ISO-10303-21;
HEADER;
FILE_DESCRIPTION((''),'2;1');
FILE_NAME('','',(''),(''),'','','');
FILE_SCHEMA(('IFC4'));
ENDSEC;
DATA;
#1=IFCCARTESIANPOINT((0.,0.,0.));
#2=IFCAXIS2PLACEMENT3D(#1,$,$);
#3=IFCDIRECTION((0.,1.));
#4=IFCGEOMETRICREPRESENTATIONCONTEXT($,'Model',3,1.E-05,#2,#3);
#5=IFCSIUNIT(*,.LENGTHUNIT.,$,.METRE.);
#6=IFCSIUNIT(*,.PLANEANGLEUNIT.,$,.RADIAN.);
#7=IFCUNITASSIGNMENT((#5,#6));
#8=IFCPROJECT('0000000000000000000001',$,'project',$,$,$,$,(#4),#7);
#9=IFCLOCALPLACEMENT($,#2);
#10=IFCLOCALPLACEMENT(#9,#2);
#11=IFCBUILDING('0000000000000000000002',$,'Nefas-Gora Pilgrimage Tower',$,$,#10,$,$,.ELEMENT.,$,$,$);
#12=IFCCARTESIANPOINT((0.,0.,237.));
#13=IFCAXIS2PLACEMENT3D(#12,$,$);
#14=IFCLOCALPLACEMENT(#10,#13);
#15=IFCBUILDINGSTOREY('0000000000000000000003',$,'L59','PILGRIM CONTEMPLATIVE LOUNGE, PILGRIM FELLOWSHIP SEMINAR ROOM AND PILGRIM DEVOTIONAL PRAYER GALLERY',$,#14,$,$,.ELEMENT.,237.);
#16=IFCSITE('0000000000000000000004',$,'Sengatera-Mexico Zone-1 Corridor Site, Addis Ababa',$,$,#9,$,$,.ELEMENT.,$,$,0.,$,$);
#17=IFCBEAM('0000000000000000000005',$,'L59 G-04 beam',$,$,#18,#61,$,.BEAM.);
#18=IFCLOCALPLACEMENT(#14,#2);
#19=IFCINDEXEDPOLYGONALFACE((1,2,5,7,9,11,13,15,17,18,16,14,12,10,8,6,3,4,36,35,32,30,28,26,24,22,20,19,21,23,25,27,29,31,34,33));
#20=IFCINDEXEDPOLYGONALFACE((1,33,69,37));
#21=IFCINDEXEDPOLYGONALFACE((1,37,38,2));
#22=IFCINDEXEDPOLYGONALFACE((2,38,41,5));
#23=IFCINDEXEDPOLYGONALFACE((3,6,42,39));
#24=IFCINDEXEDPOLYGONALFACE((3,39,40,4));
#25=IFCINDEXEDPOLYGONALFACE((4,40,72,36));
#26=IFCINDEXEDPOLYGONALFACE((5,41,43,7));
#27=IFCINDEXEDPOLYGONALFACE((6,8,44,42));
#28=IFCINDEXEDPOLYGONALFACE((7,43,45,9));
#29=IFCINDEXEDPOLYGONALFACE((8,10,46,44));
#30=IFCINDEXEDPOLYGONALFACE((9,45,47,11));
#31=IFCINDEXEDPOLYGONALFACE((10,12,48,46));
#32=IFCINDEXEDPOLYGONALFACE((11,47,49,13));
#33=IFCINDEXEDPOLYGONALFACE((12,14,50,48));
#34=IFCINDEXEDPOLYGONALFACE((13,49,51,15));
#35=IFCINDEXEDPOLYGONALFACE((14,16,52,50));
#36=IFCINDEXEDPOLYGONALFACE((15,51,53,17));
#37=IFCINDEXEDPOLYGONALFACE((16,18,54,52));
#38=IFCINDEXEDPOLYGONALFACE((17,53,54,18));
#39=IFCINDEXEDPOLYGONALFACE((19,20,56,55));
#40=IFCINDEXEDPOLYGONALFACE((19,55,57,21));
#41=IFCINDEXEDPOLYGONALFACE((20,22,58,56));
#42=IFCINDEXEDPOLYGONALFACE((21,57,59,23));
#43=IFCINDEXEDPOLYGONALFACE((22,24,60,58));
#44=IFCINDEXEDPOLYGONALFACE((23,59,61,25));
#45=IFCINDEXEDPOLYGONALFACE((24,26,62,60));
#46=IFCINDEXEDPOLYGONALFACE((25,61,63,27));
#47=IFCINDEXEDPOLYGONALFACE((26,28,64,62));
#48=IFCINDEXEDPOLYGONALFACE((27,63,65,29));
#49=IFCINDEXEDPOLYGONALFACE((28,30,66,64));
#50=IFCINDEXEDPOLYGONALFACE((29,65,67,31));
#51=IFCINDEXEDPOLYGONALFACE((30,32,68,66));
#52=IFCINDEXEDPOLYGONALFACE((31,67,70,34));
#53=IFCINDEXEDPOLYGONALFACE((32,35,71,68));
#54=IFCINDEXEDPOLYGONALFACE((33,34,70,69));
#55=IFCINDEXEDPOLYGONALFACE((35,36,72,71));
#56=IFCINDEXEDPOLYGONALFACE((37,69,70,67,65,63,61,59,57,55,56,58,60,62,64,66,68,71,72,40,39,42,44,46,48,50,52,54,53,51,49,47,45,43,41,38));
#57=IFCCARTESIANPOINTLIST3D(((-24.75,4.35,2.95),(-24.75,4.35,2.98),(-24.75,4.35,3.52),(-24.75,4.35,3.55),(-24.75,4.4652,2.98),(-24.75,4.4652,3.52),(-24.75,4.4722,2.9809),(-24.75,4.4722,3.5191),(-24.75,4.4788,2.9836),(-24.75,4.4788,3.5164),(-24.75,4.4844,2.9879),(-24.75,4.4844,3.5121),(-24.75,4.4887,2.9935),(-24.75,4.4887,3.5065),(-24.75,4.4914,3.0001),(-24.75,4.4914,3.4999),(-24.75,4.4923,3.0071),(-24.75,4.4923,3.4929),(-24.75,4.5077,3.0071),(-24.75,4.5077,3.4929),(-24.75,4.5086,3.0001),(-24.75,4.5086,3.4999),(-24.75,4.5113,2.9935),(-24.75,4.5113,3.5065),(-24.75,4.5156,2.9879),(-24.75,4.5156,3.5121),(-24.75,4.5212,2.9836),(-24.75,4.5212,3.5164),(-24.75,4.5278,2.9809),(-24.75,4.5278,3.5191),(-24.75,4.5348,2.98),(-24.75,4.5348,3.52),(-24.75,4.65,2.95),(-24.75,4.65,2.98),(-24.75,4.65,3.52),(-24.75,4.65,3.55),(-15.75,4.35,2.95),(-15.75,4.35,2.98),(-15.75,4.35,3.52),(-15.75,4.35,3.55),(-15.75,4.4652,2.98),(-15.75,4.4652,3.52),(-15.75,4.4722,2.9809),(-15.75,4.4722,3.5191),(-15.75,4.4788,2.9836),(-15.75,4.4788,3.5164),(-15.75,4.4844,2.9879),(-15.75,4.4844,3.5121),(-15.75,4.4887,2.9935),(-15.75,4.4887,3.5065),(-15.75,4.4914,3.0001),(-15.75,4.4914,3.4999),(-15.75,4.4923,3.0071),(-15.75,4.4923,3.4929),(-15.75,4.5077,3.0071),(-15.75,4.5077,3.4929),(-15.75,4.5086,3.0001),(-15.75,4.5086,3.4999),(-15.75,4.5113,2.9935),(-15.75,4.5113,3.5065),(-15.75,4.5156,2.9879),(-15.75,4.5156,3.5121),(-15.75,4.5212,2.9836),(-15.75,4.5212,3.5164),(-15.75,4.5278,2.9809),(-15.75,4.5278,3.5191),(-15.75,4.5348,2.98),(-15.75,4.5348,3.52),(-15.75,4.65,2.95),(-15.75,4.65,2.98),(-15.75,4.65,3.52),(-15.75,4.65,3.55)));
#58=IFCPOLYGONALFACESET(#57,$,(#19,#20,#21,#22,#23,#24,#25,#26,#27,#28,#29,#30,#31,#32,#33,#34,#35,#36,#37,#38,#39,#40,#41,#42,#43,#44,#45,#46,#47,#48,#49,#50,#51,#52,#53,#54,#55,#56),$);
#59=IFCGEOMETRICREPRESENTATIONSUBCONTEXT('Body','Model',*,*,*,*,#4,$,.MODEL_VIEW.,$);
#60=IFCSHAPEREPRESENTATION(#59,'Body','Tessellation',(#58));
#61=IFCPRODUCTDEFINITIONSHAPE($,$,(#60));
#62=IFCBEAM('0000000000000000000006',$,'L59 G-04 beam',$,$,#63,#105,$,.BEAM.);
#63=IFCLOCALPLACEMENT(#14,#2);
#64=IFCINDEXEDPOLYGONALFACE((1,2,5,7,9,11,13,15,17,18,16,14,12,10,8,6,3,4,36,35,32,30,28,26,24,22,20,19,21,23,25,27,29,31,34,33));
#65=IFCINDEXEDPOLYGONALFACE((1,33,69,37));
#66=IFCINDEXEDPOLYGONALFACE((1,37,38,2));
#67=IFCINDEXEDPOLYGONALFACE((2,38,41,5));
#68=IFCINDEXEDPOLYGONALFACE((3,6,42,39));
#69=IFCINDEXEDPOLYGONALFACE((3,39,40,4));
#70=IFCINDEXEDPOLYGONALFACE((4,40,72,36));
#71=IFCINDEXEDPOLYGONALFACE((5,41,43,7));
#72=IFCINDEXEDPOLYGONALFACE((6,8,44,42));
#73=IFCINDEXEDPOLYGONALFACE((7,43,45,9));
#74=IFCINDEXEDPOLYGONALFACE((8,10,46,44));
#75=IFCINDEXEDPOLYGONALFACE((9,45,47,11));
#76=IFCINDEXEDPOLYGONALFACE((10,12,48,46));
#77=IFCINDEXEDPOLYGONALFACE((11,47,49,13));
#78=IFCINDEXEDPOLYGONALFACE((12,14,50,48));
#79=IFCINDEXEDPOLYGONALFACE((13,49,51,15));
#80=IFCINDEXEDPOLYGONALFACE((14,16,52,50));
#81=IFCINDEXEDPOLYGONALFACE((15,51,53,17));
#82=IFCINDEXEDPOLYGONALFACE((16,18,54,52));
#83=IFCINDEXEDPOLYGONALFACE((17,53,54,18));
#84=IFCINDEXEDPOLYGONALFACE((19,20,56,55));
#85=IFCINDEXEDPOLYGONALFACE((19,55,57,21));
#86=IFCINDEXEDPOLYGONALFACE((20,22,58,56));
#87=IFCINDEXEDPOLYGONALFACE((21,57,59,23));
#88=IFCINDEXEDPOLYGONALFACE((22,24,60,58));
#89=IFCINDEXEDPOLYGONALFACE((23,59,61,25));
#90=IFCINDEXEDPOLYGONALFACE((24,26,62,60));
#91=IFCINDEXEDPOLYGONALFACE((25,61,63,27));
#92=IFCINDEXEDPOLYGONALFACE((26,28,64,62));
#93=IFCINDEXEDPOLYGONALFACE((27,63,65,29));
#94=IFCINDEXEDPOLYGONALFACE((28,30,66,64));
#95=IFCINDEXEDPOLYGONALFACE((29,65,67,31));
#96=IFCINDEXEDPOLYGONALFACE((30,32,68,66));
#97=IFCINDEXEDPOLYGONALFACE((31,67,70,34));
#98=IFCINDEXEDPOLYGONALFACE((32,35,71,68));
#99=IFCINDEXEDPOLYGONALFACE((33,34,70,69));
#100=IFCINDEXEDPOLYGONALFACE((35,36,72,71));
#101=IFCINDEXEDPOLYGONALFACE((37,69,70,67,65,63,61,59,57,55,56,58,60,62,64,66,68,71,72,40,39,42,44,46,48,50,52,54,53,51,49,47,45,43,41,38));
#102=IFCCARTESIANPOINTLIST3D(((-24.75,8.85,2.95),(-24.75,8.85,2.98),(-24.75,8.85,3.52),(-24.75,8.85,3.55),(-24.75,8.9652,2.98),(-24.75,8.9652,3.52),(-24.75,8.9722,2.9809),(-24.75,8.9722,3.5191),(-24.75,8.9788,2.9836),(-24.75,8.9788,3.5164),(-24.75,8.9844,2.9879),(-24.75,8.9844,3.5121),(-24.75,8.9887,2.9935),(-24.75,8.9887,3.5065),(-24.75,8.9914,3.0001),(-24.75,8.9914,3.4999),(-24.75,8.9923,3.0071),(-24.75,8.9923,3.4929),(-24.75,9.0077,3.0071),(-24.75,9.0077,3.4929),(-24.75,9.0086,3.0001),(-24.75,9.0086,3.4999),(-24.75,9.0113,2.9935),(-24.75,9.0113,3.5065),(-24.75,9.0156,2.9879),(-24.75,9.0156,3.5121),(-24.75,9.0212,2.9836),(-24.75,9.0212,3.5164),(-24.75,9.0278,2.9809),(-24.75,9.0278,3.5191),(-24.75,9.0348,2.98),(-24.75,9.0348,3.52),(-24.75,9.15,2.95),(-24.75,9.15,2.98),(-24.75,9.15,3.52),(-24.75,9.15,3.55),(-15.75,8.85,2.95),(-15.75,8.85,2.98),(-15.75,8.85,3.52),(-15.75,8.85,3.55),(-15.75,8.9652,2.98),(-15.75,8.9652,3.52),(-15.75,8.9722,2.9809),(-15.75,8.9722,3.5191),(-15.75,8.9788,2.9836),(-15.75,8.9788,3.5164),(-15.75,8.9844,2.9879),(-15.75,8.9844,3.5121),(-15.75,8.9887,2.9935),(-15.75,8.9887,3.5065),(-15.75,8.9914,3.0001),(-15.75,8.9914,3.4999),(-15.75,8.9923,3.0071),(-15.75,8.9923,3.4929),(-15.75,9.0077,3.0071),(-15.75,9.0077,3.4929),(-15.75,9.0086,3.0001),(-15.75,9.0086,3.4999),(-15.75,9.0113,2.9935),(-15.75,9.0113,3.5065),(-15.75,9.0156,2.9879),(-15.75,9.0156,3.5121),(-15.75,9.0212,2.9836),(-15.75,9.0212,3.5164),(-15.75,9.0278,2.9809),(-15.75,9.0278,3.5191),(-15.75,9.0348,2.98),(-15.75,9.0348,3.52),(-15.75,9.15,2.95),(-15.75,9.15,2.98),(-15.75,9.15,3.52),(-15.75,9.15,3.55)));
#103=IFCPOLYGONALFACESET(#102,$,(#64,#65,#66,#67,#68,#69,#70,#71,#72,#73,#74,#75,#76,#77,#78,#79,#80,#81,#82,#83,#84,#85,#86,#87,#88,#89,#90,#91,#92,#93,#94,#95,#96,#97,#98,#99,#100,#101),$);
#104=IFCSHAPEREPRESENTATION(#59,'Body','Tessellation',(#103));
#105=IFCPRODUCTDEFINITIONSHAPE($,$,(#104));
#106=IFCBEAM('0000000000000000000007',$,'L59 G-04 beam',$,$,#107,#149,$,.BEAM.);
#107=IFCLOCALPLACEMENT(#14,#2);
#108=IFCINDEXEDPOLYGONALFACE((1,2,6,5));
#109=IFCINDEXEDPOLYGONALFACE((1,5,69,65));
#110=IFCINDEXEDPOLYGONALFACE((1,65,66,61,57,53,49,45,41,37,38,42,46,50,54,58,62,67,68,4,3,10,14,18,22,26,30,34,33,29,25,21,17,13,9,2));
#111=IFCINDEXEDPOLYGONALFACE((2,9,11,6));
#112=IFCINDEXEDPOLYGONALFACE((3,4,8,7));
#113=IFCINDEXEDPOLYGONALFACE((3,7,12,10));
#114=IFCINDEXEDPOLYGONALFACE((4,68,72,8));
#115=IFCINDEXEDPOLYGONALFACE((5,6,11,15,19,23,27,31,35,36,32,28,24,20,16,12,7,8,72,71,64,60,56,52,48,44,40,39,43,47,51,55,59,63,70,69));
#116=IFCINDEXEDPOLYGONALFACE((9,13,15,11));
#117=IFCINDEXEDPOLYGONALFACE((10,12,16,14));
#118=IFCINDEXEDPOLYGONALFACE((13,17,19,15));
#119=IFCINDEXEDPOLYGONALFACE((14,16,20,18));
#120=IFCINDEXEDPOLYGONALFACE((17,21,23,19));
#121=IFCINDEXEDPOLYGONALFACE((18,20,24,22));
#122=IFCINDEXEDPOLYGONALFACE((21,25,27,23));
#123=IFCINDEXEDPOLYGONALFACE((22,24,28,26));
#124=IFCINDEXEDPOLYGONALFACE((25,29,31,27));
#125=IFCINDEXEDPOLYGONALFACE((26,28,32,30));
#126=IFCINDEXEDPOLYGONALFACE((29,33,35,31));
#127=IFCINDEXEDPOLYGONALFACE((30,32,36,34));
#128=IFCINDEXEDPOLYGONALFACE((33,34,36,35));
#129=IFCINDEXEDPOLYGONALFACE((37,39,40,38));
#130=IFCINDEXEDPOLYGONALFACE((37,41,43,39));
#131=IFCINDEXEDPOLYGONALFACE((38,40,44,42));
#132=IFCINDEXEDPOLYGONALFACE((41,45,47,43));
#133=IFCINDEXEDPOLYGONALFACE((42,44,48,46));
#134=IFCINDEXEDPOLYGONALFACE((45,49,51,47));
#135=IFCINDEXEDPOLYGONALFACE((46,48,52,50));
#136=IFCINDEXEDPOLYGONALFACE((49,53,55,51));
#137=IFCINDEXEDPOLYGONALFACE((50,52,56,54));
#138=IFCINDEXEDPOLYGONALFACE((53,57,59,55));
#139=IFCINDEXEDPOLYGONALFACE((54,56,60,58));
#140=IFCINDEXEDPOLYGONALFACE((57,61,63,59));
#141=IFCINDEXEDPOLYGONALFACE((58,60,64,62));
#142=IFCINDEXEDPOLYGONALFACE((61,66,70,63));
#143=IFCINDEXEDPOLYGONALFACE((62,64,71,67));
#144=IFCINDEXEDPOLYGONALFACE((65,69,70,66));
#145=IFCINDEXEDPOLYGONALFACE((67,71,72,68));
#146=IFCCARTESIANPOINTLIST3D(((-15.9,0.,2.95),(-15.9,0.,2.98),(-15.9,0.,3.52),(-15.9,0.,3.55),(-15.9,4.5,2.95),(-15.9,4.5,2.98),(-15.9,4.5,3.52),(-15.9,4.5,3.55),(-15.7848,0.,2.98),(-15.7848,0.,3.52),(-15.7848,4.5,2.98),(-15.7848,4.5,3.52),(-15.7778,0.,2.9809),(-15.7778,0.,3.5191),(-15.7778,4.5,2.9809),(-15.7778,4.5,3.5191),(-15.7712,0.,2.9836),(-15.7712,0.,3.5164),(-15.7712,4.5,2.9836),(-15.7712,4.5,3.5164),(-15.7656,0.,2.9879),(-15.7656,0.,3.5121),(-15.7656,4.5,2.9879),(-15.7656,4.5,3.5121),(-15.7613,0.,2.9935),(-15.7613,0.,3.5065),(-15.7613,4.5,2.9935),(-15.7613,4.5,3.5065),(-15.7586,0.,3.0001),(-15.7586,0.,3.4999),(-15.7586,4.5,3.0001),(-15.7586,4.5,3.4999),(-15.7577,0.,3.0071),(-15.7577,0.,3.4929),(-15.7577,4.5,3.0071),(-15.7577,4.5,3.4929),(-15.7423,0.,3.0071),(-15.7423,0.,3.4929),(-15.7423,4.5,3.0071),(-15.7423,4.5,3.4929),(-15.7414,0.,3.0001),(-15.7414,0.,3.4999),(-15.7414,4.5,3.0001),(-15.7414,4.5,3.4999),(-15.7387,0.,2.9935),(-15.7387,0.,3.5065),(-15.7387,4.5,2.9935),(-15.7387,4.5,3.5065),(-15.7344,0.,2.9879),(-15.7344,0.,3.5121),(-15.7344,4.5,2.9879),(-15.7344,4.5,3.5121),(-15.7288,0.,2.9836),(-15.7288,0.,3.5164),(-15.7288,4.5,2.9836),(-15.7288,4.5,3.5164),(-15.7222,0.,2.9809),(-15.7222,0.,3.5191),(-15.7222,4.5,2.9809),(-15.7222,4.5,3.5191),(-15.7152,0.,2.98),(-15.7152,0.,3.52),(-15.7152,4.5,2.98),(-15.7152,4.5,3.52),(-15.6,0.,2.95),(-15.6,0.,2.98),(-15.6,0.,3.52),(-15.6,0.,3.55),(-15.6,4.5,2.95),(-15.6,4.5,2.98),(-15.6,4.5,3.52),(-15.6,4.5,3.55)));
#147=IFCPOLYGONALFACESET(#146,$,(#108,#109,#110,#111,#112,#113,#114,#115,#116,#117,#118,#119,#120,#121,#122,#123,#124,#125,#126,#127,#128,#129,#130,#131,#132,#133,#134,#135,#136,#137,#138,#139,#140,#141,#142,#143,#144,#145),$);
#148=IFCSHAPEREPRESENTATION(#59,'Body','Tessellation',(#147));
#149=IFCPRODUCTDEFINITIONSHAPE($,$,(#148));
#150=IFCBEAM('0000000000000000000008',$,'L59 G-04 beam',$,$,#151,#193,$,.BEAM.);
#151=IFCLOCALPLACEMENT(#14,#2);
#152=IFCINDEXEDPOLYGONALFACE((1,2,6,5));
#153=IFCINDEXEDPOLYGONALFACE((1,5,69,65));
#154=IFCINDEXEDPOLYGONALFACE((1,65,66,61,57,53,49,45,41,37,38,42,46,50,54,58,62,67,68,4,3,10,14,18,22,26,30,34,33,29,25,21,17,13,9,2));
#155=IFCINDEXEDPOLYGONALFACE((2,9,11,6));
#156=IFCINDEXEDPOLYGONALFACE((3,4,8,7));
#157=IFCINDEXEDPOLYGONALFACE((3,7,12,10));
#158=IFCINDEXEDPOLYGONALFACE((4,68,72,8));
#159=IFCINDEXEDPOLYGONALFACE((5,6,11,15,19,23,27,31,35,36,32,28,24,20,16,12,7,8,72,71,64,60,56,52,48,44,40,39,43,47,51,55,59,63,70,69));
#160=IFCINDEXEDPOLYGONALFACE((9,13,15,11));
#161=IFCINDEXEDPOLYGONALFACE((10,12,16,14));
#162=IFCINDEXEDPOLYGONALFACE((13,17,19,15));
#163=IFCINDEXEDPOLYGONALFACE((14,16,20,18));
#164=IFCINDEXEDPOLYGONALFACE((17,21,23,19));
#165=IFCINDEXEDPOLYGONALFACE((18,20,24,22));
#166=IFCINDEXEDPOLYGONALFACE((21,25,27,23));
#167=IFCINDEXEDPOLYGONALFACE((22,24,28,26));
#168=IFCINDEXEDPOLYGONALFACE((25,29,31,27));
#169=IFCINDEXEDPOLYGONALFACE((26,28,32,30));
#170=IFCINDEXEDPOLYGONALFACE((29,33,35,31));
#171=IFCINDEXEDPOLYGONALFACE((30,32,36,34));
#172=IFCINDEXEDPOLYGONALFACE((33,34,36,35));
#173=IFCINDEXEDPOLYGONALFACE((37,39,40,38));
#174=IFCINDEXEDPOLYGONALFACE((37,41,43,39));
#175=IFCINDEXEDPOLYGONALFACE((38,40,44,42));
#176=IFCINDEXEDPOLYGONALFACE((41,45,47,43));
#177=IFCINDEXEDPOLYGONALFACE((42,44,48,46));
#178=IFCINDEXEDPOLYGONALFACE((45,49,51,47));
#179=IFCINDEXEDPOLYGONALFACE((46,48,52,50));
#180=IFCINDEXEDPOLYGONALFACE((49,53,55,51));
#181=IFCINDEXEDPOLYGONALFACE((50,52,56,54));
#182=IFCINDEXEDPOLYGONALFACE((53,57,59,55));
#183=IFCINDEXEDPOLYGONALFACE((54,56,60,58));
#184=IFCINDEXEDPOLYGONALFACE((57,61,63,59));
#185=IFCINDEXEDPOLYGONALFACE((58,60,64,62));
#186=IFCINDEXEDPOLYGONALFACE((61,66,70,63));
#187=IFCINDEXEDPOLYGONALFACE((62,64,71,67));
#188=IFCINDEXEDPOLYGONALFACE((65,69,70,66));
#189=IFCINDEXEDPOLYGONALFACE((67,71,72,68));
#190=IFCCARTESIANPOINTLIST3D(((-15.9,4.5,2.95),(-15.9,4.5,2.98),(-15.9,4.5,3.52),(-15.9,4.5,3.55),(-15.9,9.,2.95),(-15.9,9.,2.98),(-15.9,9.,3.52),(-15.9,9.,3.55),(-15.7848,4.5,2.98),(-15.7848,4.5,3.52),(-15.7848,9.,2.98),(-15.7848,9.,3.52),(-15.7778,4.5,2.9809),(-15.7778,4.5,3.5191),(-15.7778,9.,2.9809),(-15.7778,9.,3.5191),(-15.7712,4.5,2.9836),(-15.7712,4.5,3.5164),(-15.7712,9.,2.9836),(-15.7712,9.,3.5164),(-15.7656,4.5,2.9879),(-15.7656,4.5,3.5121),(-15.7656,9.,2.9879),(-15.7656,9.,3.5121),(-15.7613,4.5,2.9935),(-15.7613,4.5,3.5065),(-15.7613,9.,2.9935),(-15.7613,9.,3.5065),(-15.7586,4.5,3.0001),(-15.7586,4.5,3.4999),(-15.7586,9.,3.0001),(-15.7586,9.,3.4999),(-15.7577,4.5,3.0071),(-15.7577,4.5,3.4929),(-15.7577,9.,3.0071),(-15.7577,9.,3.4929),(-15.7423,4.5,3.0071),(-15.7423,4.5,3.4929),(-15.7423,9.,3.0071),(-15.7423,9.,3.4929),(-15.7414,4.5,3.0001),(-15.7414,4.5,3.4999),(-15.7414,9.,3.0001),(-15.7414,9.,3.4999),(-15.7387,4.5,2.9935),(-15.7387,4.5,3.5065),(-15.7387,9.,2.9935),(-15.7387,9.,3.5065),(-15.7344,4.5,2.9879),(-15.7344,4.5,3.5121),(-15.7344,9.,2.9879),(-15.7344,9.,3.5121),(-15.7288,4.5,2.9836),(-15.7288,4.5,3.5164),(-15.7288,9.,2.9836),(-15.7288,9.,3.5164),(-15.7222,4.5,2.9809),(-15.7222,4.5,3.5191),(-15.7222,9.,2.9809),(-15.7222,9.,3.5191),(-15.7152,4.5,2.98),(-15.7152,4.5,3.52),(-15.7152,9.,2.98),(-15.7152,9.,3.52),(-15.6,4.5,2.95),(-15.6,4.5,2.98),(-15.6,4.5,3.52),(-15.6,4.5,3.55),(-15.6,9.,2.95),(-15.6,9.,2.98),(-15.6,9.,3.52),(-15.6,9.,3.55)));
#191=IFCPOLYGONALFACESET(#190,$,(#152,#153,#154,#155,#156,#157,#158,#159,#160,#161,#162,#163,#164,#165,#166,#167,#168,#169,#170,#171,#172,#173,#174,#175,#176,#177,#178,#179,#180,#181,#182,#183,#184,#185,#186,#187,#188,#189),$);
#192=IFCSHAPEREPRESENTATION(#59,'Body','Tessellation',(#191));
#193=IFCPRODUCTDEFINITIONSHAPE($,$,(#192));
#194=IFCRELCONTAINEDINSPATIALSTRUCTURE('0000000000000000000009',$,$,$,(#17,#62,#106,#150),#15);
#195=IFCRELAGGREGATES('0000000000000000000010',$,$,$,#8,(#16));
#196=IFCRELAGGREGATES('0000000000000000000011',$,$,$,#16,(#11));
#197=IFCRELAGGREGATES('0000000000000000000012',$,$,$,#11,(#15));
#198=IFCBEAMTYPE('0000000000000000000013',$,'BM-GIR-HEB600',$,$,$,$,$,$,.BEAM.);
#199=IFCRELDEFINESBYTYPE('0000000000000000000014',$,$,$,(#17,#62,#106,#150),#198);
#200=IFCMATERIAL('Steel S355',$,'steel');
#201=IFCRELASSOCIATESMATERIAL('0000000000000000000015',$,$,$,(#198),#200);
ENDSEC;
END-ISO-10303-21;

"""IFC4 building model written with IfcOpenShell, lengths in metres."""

from ifc_helpers import new_model, si_unit, direction, frame, origin, origin_2d, place, context, subcontext, project, spatial, i_section, extrude, source, transform, mapped, material, material_profile, profile_set, type_object, element, save


model = new_model("IFC4")

# Units and contexts
model_context = context("Model", 3, precision=1e-05, world=origin(), true_north=direction((0.0, 1.0)))
body_context = subcontext(model_context, "Body", "Model", "MODEL_VIEW")
ifc_project = project(units=[si_unit("LENGTHUNIT", "METRE"), si_unit("PLANEANGLEUNIT", "RADIAN")], contexts=[model_context])

# Site, building, storey
site_placement = place(None, origin())
site = spatial("IfcSite", under=ifc_project, at=site_placement, Name="Sengatera-Mexico Zone-1 Corridor Site, Addis Ababa", CompositionType="ELEMENT", RefElevation=0.0)
building_placement = place(site_placement, origin())
building = spatial("IfcBuilding", under=site, at=building_placement, Name="Nefas-Gora Pilgrimage Tower", CompositionType="ELEMENT")
storey_placement = place(building_placement, frame((0.0, 0.0, 237.0)))
storey = spatial("IfcBuildingStorey", under=building, at=storey_placement, Name="L59", Description="PILGRIM CONTEMPLATIVE LOUNGE, PILGRIM FELLOWSHIP SEMINAR ROOM AND PILGRIM DEVOTIONAL PRAYER GALLERY", CompositionType="ELEMENT", Elevation=237.0)

# Beams
ifc_material_1 = material(Name="Steel S355", Category="steel")
ifc_material_profile_1 = material_profile(ifc_material_1, i_section(OverallWidth=0.3, OverallDepth=0.6001, WebThickness=0.0154, FlangeThickness=0.03, FilletRadius=0.0271, at=origin_2d()), Name="HEB 600")
ifc_profile_set_1 = profile_set([ifc_material_profile_1], Name="Steel S355")
beam_type_1 = type_object("IfcBeamType", Name="BM-GIR-HEB600", PredefinedType="BEAM", material=ifc_profile_set_1)
shared_shape_1 = source(origin(), body_context, "Body", "SweptSolid", [
    extrude(i_section(OverallWidth=0.3, OverallDepth=0.6001, WebThickness=0.0154, FlangeThickness=0.03, FilletRadius=0.0271, at=origin_2d()), origin(), (0.0, 0.0, 1.0), 9.0),
])
for number, where, z_axis, x_axis, name in (
    (1, (-24.75, 4.5, 3.25), (1.0, 0.0, 0.0), (0.0, 1.0, 0.0), "L59 G-04 beam"),
    (2, (-24.75, 9.0, 3.25), (1.0, 0.0, 0.0), (0.0, 1.0, 0.0), "L59 G-04 beam"),
):
    element("IfcBeam", number, at=place(storey_placement, frame(where, z_axis=z_axis, x_axis=x_axis)), inside=storey, type_object=beam_type_1, Name=name, PredefinedType="BEAM", context=body_context, shape_type="MappedRepresentation", body=[
        mapped(shared_shape_1, transform((0.0, 0.0, 0.0), x_axis=(1.0, 0.0, 0.0), y_axis=(0.0, 1.0, 0.0), z_axis=(0.0, 0.0, 1.0), scale=1.0)),
    ])
shared_shape_2 = source(origin(), body_context, "Body", "SweptSolid", [
    extrude(i_section(OverallWidth=0.3, OverallDepth=0.6001, WebThickness=0.0154, FlangeThickness=0.03, FilletRadius=0.0271, at=origin_2d()), origin(), (0.0, 0.0, 1.0), 4.5),
])
for number, where, z_axis, x_axis, name in (
    (3, (-15.75, 0.0, 3.25), (0.0, 1.0, 0.0), (-1.0, 0.0, 0.0), "L59 G-04 beam"),
    (4, (-15.75, 4.5, 3.25), (0.0, 1.0, 0.0), (-1.0, 0.0, 0.0), "L59 G-04 beam"),
):
    element("IfcBeam", number, at=place(storey_placement, frame(where, z_axis=z_axis, x_axis=x_axis)), inside=storey, type_object=beam_type_1, Name=name, PredefinedType="BEAM", context=body_context, shape_type="MappedRepresentation", body=[
        mapped(shared_shape_2, transform((0.0, 0.0, 0.0), x_axis=(1.0, 0.0, 0.0), y_axis=(0.0, 1.0, 0.0), z_axis=(0.0, 0.0, 1.0), scale=1.0)),
    ])

save(model, "model.ifc")
